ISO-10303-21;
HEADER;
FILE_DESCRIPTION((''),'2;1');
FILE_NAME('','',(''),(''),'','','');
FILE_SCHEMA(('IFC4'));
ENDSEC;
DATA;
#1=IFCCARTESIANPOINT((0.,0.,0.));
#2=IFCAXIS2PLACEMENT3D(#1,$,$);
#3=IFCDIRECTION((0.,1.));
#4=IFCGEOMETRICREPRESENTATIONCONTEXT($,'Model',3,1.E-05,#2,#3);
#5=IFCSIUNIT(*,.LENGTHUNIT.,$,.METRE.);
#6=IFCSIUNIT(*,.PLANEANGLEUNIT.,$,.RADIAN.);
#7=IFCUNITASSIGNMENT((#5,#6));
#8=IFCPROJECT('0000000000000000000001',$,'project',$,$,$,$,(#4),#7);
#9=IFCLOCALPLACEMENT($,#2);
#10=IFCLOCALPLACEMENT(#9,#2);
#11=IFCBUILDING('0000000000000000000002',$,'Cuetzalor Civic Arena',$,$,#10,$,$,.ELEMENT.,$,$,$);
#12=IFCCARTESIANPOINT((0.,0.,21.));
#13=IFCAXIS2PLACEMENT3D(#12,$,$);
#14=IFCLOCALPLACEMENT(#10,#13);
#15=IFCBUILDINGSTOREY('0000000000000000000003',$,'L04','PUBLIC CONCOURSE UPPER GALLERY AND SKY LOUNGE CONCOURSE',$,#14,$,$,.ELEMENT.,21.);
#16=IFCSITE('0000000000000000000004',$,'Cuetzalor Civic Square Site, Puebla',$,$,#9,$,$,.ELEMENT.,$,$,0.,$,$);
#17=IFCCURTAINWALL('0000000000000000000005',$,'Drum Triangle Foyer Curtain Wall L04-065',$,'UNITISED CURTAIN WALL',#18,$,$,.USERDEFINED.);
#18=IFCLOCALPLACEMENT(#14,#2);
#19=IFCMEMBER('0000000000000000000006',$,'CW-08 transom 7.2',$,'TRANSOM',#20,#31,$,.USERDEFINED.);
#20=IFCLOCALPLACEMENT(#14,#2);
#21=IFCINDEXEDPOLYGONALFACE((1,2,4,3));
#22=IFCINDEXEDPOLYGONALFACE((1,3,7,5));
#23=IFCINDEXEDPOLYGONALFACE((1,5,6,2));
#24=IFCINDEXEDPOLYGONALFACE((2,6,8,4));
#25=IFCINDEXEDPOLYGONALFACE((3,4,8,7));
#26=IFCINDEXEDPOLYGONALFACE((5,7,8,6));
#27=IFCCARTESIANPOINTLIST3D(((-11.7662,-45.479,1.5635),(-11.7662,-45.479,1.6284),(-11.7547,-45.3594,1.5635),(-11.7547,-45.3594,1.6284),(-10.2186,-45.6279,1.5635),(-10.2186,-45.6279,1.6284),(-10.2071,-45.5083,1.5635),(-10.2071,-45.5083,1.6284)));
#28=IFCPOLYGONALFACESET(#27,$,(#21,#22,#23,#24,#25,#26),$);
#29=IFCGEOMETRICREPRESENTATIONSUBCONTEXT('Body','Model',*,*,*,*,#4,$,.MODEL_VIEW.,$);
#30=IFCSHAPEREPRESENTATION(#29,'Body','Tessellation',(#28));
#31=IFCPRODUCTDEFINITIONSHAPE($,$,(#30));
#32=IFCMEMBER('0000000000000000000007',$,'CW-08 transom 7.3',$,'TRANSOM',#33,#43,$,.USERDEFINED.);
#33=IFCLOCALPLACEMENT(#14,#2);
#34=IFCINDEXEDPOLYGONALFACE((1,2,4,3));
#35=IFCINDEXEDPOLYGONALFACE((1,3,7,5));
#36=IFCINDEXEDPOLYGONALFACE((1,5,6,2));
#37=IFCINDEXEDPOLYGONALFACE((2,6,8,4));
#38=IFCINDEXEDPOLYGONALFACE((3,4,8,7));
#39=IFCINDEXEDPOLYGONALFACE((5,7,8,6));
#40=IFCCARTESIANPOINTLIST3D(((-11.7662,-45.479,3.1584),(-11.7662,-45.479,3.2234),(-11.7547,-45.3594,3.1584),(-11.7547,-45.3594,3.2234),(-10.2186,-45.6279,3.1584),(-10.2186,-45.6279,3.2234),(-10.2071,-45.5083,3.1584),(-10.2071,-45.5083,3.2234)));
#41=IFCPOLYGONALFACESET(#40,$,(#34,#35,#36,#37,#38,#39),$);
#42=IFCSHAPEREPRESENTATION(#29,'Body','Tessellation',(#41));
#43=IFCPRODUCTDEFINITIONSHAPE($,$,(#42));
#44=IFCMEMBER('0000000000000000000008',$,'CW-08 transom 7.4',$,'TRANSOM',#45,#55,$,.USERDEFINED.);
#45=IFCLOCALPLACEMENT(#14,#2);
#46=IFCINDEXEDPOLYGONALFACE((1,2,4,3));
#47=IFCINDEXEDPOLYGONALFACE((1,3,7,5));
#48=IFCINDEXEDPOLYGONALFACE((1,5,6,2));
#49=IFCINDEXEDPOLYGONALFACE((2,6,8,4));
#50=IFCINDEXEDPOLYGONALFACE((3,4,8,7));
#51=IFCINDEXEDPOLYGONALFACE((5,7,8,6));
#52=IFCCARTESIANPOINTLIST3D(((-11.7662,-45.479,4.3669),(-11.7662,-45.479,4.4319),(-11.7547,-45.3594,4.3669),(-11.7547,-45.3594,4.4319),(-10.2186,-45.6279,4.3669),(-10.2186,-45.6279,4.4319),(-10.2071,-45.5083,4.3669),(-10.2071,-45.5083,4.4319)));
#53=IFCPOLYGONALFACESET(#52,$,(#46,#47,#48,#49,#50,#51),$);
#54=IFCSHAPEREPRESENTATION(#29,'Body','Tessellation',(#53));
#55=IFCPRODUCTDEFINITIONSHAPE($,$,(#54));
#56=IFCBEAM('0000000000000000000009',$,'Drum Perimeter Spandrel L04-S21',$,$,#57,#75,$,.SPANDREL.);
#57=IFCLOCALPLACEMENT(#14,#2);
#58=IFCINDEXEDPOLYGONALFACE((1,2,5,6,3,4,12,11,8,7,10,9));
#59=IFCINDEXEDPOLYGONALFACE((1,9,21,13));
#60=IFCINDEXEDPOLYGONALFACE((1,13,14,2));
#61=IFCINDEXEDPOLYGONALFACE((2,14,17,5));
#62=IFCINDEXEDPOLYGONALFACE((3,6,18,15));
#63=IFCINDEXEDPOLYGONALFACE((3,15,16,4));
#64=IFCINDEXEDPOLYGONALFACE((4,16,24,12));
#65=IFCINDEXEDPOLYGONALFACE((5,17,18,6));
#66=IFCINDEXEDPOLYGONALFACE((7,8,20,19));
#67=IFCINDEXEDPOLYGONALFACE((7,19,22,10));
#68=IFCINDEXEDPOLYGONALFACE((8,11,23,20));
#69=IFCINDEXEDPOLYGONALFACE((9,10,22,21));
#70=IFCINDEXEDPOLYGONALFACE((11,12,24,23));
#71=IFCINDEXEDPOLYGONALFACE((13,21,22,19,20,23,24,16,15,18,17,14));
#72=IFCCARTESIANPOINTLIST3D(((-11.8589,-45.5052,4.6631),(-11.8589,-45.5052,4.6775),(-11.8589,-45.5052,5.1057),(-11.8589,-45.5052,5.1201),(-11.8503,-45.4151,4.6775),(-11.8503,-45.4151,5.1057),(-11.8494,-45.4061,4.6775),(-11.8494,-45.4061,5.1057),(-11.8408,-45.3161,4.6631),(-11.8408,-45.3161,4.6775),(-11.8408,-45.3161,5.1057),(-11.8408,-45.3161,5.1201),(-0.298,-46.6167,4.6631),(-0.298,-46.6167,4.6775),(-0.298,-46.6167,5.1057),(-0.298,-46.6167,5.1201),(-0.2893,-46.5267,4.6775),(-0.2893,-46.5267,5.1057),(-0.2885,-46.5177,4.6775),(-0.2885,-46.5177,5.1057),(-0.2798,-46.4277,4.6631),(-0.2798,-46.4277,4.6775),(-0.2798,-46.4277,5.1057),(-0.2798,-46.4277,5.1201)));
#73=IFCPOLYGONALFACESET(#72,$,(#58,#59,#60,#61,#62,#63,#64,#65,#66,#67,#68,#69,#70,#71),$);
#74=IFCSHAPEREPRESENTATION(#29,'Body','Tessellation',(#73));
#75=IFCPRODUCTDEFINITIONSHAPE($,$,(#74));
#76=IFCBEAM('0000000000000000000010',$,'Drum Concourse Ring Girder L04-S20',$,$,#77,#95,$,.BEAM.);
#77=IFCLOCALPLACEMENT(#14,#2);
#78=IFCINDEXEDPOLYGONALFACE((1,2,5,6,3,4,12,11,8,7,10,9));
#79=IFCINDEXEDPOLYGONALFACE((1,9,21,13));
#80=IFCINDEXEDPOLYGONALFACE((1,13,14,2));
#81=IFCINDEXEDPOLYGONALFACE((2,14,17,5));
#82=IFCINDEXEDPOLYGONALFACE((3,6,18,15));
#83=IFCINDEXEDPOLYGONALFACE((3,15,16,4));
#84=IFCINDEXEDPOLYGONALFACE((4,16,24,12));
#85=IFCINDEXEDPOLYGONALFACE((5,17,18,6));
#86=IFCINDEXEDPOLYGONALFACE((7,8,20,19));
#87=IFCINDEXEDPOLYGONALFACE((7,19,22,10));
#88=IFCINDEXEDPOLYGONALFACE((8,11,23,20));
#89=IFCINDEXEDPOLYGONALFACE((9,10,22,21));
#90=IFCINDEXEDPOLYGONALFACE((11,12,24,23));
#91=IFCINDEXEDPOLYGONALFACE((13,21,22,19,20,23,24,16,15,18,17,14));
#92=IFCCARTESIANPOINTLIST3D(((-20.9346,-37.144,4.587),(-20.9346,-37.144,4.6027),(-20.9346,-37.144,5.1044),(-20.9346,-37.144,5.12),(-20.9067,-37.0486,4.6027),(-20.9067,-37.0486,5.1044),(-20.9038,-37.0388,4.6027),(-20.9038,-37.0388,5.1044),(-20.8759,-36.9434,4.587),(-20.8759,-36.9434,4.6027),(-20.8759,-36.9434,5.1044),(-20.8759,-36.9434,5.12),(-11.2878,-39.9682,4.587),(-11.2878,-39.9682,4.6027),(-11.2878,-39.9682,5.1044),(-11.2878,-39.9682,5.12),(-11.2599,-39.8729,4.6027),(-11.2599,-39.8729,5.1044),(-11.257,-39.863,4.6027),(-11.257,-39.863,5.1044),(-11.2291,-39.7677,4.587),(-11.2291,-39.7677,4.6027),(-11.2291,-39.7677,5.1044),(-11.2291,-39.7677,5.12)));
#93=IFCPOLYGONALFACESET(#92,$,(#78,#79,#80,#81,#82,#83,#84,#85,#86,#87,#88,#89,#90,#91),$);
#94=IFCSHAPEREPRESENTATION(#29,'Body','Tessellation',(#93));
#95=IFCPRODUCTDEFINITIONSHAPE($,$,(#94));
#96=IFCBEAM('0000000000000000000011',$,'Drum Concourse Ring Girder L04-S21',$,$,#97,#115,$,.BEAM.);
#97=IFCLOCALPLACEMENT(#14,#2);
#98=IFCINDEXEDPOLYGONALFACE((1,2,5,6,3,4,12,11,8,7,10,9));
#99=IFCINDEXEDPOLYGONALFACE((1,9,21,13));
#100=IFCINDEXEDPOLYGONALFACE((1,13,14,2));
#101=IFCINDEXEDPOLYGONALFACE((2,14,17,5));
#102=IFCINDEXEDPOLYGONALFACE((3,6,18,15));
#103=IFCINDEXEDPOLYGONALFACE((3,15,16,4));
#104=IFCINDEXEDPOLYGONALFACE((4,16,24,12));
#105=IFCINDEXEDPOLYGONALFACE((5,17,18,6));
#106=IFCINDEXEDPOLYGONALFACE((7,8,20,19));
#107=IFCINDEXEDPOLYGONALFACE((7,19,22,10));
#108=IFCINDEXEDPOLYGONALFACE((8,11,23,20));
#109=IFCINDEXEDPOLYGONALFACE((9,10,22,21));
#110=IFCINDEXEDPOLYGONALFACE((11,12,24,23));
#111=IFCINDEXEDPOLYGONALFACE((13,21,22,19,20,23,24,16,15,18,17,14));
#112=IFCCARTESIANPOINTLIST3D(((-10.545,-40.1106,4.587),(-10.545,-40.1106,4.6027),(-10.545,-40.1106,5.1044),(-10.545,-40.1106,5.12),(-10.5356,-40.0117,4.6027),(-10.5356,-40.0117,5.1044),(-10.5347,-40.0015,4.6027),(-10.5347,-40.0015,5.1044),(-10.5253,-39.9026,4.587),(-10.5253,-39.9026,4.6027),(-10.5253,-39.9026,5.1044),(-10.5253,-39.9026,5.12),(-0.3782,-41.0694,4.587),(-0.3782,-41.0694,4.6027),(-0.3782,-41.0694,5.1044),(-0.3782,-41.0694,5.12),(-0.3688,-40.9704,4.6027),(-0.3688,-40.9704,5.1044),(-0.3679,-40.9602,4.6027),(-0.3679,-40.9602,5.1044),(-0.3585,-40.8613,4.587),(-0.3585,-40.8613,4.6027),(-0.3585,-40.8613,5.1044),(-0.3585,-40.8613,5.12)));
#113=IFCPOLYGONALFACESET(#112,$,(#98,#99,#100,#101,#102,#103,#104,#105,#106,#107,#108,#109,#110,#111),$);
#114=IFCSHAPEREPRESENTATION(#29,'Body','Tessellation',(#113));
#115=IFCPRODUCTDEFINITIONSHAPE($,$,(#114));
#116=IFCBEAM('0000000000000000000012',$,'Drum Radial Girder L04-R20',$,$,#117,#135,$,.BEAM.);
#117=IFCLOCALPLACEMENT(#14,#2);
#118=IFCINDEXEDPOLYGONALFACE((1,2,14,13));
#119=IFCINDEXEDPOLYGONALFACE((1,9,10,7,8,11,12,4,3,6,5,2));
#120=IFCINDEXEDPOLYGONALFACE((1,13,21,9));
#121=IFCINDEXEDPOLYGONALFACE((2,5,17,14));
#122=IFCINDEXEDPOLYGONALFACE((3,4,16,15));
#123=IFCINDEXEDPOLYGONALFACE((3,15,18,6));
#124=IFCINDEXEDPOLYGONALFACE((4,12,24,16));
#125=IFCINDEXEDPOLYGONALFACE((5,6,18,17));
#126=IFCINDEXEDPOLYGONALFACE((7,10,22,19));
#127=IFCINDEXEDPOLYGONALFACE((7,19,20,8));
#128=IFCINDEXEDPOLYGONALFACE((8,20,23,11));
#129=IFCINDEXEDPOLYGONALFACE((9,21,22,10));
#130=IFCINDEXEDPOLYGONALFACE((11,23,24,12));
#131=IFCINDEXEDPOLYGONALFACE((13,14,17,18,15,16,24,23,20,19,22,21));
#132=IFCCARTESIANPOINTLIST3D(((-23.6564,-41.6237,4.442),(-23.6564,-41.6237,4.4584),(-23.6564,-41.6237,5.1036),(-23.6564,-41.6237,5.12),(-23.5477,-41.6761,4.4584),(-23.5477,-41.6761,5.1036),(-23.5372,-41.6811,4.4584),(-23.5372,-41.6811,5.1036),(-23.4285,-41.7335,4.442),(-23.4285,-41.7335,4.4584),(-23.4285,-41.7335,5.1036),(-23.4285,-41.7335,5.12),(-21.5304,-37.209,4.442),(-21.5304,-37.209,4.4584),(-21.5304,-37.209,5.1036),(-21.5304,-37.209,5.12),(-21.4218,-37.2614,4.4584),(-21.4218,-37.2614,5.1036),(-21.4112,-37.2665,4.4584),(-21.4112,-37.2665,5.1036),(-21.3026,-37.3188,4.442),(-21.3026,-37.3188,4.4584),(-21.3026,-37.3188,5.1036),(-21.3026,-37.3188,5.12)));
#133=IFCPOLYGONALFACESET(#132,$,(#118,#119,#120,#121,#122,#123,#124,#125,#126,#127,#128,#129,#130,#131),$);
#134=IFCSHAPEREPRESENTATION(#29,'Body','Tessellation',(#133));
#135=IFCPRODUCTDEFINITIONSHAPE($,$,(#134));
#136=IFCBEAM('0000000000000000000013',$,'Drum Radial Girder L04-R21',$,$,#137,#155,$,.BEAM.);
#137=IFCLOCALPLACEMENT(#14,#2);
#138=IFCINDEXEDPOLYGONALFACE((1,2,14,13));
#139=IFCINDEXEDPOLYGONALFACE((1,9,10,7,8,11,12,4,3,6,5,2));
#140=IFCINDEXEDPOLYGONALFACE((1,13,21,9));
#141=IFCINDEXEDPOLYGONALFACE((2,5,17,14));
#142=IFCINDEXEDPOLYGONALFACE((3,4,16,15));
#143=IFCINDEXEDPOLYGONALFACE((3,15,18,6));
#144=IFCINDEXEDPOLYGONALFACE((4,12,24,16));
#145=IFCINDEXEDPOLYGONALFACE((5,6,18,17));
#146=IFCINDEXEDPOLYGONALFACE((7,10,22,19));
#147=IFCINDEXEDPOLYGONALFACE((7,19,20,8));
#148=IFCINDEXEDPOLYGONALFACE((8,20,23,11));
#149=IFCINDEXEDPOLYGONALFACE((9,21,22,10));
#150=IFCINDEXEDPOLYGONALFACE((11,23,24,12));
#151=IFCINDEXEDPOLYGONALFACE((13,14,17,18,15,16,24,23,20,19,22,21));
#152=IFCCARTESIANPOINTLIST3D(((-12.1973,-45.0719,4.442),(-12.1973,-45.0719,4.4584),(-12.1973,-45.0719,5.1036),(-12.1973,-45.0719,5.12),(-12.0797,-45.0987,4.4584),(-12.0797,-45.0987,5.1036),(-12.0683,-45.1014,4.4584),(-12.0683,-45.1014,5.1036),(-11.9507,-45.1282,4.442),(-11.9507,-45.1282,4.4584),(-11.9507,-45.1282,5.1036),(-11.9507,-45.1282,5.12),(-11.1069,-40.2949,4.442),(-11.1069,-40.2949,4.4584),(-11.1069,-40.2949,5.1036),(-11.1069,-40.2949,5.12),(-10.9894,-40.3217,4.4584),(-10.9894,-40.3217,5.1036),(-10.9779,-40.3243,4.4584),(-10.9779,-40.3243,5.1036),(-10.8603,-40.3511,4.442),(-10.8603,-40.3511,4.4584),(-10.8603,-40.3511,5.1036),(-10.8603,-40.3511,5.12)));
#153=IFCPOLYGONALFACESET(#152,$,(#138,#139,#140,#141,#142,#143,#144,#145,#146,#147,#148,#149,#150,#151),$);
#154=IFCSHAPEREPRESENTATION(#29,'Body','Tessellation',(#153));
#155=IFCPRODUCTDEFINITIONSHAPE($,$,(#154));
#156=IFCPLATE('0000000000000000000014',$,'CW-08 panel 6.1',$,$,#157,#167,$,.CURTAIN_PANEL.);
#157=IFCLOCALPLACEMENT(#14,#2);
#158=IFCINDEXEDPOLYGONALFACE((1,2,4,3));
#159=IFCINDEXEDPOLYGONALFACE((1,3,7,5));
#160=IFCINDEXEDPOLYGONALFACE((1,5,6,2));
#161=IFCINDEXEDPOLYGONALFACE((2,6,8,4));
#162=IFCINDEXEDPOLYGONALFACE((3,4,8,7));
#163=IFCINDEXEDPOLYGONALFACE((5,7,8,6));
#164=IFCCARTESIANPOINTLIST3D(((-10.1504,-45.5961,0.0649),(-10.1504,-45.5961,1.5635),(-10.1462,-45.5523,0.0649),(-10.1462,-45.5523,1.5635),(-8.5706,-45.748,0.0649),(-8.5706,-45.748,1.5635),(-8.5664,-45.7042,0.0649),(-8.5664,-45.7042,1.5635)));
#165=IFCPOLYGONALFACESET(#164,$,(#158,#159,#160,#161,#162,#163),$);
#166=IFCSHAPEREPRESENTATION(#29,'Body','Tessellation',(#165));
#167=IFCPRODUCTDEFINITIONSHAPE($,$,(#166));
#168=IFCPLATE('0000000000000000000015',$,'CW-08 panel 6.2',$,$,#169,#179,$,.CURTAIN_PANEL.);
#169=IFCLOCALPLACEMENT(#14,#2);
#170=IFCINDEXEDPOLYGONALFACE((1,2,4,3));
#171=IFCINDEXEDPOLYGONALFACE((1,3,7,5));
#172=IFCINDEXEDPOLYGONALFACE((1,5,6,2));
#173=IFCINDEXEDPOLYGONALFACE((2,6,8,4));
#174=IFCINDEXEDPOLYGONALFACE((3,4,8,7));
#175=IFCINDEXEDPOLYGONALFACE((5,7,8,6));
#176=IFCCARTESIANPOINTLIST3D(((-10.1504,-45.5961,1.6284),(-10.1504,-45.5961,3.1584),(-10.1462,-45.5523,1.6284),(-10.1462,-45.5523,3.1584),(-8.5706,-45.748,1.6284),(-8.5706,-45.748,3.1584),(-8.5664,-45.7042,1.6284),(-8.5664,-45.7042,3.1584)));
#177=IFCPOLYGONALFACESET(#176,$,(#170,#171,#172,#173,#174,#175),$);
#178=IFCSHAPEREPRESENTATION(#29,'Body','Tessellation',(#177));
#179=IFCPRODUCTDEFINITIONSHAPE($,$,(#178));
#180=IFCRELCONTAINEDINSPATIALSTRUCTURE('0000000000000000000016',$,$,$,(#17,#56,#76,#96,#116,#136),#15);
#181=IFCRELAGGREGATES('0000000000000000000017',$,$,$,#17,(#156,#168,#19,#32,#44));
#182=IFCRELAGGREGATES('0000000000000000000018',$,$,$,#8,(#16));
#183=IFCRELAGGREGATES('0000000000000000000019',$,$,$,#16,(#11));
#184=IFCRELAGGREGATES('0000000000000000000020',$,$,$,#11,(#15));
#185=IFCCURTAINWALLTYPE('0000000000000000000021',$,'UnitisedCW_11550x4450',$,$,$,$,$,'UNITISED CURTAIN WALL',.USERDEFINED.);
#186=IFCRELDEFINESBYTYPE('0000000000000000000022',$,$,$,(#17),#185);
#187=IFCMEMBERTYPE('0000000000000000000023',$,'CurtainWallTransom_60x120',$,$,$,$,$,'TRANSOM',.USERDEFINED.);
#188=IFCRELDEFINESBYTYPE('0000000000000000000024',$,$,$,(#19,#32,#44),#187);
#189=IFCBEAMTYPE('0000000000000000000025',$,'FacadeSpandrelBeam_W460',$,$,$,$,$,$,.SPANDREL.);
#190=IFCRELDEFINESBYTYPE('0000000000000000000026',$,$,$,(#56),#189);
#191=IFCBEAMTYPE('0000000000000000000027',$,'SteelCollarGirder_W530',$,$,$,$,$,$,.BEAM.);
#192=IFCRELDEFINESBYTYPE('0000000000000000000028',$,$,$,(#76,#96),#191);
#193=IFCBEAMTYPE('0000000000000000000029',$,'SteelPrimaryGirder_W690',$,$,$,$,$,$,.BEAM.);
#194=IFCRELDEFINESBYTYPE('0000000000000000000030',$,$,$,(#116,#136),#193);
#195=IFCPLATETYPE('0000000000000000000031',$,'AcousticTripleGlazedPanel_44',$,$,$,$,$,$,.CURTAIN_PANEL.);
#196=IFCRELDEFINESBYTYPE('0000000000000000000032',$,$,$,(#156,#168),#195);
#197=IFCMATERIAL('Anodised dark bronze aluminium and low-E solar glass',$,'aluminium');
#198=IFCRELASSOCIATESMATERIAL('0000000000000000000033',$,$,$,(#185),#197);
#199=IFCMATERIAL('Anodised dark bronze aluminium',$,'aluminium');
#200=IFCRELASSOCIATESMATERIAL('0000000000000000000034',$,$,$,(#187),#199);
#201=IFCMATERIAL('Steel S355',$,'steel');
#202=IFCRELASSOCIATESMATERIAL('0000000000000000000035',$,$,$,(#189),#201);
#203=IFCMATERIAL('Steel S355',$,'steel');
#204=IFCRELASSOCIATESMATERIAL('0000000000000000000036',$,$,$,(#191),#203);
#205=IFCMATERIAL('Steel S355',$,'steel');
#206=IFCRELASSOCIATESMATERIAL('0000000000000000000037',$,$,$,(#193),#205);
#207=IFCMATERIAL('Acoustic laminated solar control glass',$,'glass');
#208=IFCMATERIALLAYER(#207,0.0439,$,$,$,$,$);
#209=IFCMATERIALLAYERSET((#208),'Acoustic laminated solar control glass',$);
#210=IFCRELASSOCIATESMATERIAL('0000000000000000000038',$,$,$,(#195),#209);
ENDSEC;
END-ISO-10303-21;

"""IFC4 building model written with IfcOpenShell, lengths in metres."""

from ifc_helpers import new_model, si_unit, direction, frame, origin, origin_2d, place, context, subcontext, project, spatial, rectangle, i_section, extrude, material, layer, layer_set, material_profile, profile_set, type_object, element, aggregate, save


model = new_model("IFC4")

# Units and contexts
model_context = context("Model", 3, precision=1e-05, world=origin(), true_north=direction((0.0, 1.0)))
body_context = subcontext(model_context, "Body", "Model", "MODEL_VIEW")
ifc_project = project(units=[si_unit("LENGTHUNIT", "METRE"), si_unit("PLANEANGLEUNIT", "RADIAN")], contexts=[model_context])

# Site, building, storey
site_placement = place(None, origin())
site = spatial("IfcSite", under=ifc_project, at=site_placement, Name="Cuetzalor Civic Square Site, Puebla", CompositionType="ELEMENT", RefElevation=0.0)
building_placement = place(site_placement, origin())
building = spatial("IfcBuilding", under=site, at=building_placement, Name="Cuetzalor Civic Arena", CompositionType="ELEMENT")
storey_placement = place(building_placement, frame((0.0, 0.0, 21.0)))
storey = spatial("IfcBuildingStorey", under=building, at=storey_placement, Name="L04", Description="PUBLIC CONCOURSE UPPER GALLERY AND SKY LOUNGE CONCOURSE", CompositionType="ELEMENT", Elevation=21.0)

# Curtain wall, members
ifc_material_1 = material(Name="Anodised dark bronze aluminium and low-E solar glass", Category="aluminium")
curtain_wall_type = type_object("IfcCurtainWallType", Name="UnitisedCW_11550x4450", ElementType="UNITISED CURTAIN WALL", PredefinedType="USERDEFINED", material=ifc_material_1)
curtain_wall_placement = place(storey_placement, origin())
curtain_wall = element("IfcCurtainWall", 1, at=curtain_wall_placement, inside=storey, type_object=curtain_wall_type, Name="Drum Triangle Foyer Curtain Wall L04-065", ObjectType="UNITISED CURTAIN WALL", PredefinedType="USERDEFINED")
ifc_material_2 = material(Name="Anodised dark bronze aluminium", Category="aluminium")
ifc_material_profile_1 = material_profile(ifc_material_2, rectangle(XDim=0.1201, YDim=0.0649, at=origin_2d()), Name="ALU TRANSOM 65x120")
ifc_profile_set_1 = profile_set([ifc_material_profile_1], Name="Anodised dark bronze aluminium")
member_type_1 = type_object("IfcMemberType", Name="CurtainWallTransom_60x120", ElementType="TRANSOM", PredefinedType="USERDEFINED", material=ifc_profile_set_1)
member_1_placement = place(storey_placement, frame((-10.2129, -45.5681, 1.5959), z_axis=(-0.995402, 0.095787, 0.0), x_axis=(-0.095787, -0.995402, 0.0)))
member_1 = element("IfcMember", 2, at=member_1_placement, type_object=member_type_1, Name="CW-08 transom 7.2", ObjectType="TRANSOM", PredefinedType="USERDEFINED", context=body_context, shape_type="SweptSolid", body=[
    extrude(rectangle(XDim=0.1201, YDim=0.0649, at=origin_2d()), origin(), (0.0, 0.0, 1.0), 1.5547),
])
member_2_placement = place(storey_placement, frame((-10.2129, -45.5681, 3.1909), z_axis=(-0.995402, 0.095787, 0.0), x_axis=(-0.095787, -0.995402, 0.0)))
member_2 = element("IfcMember", 3, at=member_2_placement, type_object=member_type_1, Name="CW-08 transom 7.3", ObjectType="TRANSOM", PredefinedType="USERDEFINED", context=body_context, shape_type="SweptSolid", body=[
    extrude(rectangle(XDim=0.1201, YDim=0.0649, at=origin_2d()), origin(), (0.0, 0.0, 1.0), 1.5547),
])
member_3_placement = place(storey_placement, frame((-10.2129, -45.5681, 4.3994), z_axis=(-0.995402, 0.095787, 0.0), x_axis=(-0.095787, -0.995402, 0.0)))
member_3 = element("IfcMember", 4, at=member_3_placement, type_object=member_type_1, Name="CW-08 transom 7.4", ObjectType="TRANSOM", PredefinedType="USERDEFINED", context=body_context, shape_type="SweptSolid", body=[
    extrude(rectangle(XDim=0.1201, YDim=0.0649, at=origin_2d()), origin(), (0.0, 0.0, 1.0), 1.5547),
])

# Beams
ifc_material_3 = material(Name="Steel S355", Category="steel")
ifc_material_profile_2 = material_profile(ifc_material_3, i_section(OverallWidth=0.1899, OverallDepth=0.457, WebThickness=0.009, FlangeThickness=0.0144, at=origin_2d()), Name="W460x74")
ifc_profile_set_2 = profile_set([ifc_material_profile_2], Name="Steel S355")
beam_type_1 = type_object("IfcBeamType", Name="FacadeSpandrelBeam_W460", PredefinedType="SPANDREL", material=ifc_profile_set_2)
beam_1_placement = place(storey_placement, frame((-11.8499, -45.4106, 4.8916), z_axis=(0.99541, -0.095707, 0.0), x_axis=(0.095707, 0.99541, 0.0)))
element("IfcBeam", 5, at=beam_1_placement, inside=storey, type_object=beam_type_1, Name="Drum Perimeter Spandrel L04-S21", PredefinedType="SPANDREL", context=body_context, shape_type="SweptSolid", body=[
    extrude(i_section(OverallWidth=0.1899, OverallDepth=0.457, WebThickness=0.009, FlangeThickness=0.0144, at=origin_2d()), origin(), (0.0, 0.0, 1.0), 11.6143),
])
ifc_material_4 = material(Name="Steel S355", Category="steel")
ifc_material_profile_3 = material_profile(ifc_material_4, i_section(OverallWidth=0.209, OverallDepth=0.533, WebThickness=0.0103, FlangeThickness=0.0156, at=origin_2d()), Name="W530x92")
ifc_profile_set_3 = profile_set([ifc_material_profile_3], Name="Steel S355")
beam_type_2 = type_object("IfcBeamType", Name="SteelCollarGirder_W530", PredefinedType="BEAM", material=ifc_profile_set_3)
beam_2_placement = place(storey_placement, frame((-20.9053, -37.0437, 4.8535), z_axis=(0.959716, -0.280971, 0.0), x_axis=(0.280971, 0.959716, 0.0)))
element("IfcBeam", 6, at=beam_2_placement, inside=storey, type_object=beam_type_2, Name="Drum Concourse Ring Girder L04-S20", PredefinedType="BEAM", context=body_context, shape_type="SweptSolid", body=[
    extrude(i_section(OverallWidth=0.209, OverallDepth=0.533, WebThickness=0.0103, FlangeThickness=0.0156, at=origin_2d()), origin(), (0.0, 0.0, 1.0), 10.0518),
])
beam_3_placement = place(storey_placement, frame((-10.5352, -40.0066, 4.8535), z_axis=(0.995583, -0.093885, 0.0), x_axis=(0.093885, 0.995583, 0.0)))
element("IfcBeam", 7, at=beam_3_placement, inside=storey, type_object=beam_type_2, Name="Drum Concourse Ring Girder L04-S21", PredefinedType="BEAM", context=body_context, shape_type="SweptSolid", body=[
    extrude(i_section(OverallWidth=0.209, OverallDepth=0.533, WebThickness=0.0103, FlangeThickness=0.0156, at=origin_2d()), origin(), (0.0, 0.0, 1.0), 10.2119),
])
ifc_material_5 = material(Name="Steel S355", Category="steel")
ifc_material_profile_4 = material_profile(ifc_material_5, i_section(OverallWidth=0.2529, OverallDepth=0.678, WebThickness=0.0117, FlangeThickness=0.0164, at=origin_2d()), Name="W690x125")
ifc_profile_set_4 = profile_set([ifc_material_profile_4], Name="Steel S355")
beam_type_3 = type_object("IfcBeamType", Name="SteelPrimaryGirder_W690", PredefinedType="BEAM", material=ifc_profile_set_4)
for number, where, z_axis, x_axis, name in (
    (8, (-21.4165, -37.2639, 4.781), (-0.433871, -0.900975, 0.0), (0.900975, -0.433871, 0.0), "Drum Radial Girder L04-R20"),
    (9, (-10.9836, -40.323, 4.781), (-0.222519, -0.974928, 0.0), (0.974928, -0.222519, 0.0), "Drum Radial Girder L04-R21"),
):
    element("IfcBeam", number, at=place(storey_placement, frame(where, z_axis=z_axis, x_axis=x_axis)), inside=storey, type_object=beam_type_3, Name=name, PredefinedType="BEAM", context=body_context, shape_type="SweptSolid", body=[
        extrude(i_section(OverallWidth=0.2529, OverallDepth=0.678, WebThickness=0.0117, FlangeThickness=0.0164, at=origin_2d()), origin(), (0.0, 0.0, 1.0), 4.8999),
    ])

# Plates
ifc_material_6 = material(Name="Acoustic laminated solar control glass", Category="glass")
ifc_layer_1 = layer(ifc_material_6, 0.0439)
ifc_layer_set_1 = layer_set([ifc_layer_1], Name="Acoustic laminated solar control glass")
plate_type = type_object("IfcPlateType", Name="AcousticTripleGlazedPanel_44", PredefinedType="CURTAIN_PANEL", material=ifc_layer_set_1)
plate_1_placement = place(storey_placement, frame((-9.3584, -45.6501, 0.0649), z_axis=(0.0, 0.0, 1.0), x_axis=(-0.995409, 0.095711, 0.0)))
plate_1 = element("IfcPlate", 10, at=plate_1_placement, type_object=plate_type, Name="CW-08 panel 6.1", PredefinedType="CURTAIN_PANEL", context=body_context, shape_type="SweptSolid", body=[
    extrude(rectangle(XDim=1.5872, YDim=0.0439, at=origin_2d()), origin(), (0.0, 0.0, 1.0), 1.4985),
])
plate_2_placement = place(storey_placement, frame((-9.3584, -45.6501, 1.6284), z_axis=(0.0, 0.0, 1.0), x_axis=(-0.995409, 0.095711, 0.0)))
plate_2 = element("IfcPlate", 11, at=plate_2_placement, type_object=plate_type, Name="CW-08 panel 6.2", PredefinedType="CURTAIN_PANEL", context=body_context, shape_type="SweptSolid", body=[
    extrude(rectangle(XDim=1.5872, YDim=0.0439, at=origin_2d()), origin(), (0.0, 0.0, 1.0), 1.53),
])
aggregate(curtain_wall, [plate_1, plate_2, member_1, member_2, member_3])

save(model, "model.ifc")
